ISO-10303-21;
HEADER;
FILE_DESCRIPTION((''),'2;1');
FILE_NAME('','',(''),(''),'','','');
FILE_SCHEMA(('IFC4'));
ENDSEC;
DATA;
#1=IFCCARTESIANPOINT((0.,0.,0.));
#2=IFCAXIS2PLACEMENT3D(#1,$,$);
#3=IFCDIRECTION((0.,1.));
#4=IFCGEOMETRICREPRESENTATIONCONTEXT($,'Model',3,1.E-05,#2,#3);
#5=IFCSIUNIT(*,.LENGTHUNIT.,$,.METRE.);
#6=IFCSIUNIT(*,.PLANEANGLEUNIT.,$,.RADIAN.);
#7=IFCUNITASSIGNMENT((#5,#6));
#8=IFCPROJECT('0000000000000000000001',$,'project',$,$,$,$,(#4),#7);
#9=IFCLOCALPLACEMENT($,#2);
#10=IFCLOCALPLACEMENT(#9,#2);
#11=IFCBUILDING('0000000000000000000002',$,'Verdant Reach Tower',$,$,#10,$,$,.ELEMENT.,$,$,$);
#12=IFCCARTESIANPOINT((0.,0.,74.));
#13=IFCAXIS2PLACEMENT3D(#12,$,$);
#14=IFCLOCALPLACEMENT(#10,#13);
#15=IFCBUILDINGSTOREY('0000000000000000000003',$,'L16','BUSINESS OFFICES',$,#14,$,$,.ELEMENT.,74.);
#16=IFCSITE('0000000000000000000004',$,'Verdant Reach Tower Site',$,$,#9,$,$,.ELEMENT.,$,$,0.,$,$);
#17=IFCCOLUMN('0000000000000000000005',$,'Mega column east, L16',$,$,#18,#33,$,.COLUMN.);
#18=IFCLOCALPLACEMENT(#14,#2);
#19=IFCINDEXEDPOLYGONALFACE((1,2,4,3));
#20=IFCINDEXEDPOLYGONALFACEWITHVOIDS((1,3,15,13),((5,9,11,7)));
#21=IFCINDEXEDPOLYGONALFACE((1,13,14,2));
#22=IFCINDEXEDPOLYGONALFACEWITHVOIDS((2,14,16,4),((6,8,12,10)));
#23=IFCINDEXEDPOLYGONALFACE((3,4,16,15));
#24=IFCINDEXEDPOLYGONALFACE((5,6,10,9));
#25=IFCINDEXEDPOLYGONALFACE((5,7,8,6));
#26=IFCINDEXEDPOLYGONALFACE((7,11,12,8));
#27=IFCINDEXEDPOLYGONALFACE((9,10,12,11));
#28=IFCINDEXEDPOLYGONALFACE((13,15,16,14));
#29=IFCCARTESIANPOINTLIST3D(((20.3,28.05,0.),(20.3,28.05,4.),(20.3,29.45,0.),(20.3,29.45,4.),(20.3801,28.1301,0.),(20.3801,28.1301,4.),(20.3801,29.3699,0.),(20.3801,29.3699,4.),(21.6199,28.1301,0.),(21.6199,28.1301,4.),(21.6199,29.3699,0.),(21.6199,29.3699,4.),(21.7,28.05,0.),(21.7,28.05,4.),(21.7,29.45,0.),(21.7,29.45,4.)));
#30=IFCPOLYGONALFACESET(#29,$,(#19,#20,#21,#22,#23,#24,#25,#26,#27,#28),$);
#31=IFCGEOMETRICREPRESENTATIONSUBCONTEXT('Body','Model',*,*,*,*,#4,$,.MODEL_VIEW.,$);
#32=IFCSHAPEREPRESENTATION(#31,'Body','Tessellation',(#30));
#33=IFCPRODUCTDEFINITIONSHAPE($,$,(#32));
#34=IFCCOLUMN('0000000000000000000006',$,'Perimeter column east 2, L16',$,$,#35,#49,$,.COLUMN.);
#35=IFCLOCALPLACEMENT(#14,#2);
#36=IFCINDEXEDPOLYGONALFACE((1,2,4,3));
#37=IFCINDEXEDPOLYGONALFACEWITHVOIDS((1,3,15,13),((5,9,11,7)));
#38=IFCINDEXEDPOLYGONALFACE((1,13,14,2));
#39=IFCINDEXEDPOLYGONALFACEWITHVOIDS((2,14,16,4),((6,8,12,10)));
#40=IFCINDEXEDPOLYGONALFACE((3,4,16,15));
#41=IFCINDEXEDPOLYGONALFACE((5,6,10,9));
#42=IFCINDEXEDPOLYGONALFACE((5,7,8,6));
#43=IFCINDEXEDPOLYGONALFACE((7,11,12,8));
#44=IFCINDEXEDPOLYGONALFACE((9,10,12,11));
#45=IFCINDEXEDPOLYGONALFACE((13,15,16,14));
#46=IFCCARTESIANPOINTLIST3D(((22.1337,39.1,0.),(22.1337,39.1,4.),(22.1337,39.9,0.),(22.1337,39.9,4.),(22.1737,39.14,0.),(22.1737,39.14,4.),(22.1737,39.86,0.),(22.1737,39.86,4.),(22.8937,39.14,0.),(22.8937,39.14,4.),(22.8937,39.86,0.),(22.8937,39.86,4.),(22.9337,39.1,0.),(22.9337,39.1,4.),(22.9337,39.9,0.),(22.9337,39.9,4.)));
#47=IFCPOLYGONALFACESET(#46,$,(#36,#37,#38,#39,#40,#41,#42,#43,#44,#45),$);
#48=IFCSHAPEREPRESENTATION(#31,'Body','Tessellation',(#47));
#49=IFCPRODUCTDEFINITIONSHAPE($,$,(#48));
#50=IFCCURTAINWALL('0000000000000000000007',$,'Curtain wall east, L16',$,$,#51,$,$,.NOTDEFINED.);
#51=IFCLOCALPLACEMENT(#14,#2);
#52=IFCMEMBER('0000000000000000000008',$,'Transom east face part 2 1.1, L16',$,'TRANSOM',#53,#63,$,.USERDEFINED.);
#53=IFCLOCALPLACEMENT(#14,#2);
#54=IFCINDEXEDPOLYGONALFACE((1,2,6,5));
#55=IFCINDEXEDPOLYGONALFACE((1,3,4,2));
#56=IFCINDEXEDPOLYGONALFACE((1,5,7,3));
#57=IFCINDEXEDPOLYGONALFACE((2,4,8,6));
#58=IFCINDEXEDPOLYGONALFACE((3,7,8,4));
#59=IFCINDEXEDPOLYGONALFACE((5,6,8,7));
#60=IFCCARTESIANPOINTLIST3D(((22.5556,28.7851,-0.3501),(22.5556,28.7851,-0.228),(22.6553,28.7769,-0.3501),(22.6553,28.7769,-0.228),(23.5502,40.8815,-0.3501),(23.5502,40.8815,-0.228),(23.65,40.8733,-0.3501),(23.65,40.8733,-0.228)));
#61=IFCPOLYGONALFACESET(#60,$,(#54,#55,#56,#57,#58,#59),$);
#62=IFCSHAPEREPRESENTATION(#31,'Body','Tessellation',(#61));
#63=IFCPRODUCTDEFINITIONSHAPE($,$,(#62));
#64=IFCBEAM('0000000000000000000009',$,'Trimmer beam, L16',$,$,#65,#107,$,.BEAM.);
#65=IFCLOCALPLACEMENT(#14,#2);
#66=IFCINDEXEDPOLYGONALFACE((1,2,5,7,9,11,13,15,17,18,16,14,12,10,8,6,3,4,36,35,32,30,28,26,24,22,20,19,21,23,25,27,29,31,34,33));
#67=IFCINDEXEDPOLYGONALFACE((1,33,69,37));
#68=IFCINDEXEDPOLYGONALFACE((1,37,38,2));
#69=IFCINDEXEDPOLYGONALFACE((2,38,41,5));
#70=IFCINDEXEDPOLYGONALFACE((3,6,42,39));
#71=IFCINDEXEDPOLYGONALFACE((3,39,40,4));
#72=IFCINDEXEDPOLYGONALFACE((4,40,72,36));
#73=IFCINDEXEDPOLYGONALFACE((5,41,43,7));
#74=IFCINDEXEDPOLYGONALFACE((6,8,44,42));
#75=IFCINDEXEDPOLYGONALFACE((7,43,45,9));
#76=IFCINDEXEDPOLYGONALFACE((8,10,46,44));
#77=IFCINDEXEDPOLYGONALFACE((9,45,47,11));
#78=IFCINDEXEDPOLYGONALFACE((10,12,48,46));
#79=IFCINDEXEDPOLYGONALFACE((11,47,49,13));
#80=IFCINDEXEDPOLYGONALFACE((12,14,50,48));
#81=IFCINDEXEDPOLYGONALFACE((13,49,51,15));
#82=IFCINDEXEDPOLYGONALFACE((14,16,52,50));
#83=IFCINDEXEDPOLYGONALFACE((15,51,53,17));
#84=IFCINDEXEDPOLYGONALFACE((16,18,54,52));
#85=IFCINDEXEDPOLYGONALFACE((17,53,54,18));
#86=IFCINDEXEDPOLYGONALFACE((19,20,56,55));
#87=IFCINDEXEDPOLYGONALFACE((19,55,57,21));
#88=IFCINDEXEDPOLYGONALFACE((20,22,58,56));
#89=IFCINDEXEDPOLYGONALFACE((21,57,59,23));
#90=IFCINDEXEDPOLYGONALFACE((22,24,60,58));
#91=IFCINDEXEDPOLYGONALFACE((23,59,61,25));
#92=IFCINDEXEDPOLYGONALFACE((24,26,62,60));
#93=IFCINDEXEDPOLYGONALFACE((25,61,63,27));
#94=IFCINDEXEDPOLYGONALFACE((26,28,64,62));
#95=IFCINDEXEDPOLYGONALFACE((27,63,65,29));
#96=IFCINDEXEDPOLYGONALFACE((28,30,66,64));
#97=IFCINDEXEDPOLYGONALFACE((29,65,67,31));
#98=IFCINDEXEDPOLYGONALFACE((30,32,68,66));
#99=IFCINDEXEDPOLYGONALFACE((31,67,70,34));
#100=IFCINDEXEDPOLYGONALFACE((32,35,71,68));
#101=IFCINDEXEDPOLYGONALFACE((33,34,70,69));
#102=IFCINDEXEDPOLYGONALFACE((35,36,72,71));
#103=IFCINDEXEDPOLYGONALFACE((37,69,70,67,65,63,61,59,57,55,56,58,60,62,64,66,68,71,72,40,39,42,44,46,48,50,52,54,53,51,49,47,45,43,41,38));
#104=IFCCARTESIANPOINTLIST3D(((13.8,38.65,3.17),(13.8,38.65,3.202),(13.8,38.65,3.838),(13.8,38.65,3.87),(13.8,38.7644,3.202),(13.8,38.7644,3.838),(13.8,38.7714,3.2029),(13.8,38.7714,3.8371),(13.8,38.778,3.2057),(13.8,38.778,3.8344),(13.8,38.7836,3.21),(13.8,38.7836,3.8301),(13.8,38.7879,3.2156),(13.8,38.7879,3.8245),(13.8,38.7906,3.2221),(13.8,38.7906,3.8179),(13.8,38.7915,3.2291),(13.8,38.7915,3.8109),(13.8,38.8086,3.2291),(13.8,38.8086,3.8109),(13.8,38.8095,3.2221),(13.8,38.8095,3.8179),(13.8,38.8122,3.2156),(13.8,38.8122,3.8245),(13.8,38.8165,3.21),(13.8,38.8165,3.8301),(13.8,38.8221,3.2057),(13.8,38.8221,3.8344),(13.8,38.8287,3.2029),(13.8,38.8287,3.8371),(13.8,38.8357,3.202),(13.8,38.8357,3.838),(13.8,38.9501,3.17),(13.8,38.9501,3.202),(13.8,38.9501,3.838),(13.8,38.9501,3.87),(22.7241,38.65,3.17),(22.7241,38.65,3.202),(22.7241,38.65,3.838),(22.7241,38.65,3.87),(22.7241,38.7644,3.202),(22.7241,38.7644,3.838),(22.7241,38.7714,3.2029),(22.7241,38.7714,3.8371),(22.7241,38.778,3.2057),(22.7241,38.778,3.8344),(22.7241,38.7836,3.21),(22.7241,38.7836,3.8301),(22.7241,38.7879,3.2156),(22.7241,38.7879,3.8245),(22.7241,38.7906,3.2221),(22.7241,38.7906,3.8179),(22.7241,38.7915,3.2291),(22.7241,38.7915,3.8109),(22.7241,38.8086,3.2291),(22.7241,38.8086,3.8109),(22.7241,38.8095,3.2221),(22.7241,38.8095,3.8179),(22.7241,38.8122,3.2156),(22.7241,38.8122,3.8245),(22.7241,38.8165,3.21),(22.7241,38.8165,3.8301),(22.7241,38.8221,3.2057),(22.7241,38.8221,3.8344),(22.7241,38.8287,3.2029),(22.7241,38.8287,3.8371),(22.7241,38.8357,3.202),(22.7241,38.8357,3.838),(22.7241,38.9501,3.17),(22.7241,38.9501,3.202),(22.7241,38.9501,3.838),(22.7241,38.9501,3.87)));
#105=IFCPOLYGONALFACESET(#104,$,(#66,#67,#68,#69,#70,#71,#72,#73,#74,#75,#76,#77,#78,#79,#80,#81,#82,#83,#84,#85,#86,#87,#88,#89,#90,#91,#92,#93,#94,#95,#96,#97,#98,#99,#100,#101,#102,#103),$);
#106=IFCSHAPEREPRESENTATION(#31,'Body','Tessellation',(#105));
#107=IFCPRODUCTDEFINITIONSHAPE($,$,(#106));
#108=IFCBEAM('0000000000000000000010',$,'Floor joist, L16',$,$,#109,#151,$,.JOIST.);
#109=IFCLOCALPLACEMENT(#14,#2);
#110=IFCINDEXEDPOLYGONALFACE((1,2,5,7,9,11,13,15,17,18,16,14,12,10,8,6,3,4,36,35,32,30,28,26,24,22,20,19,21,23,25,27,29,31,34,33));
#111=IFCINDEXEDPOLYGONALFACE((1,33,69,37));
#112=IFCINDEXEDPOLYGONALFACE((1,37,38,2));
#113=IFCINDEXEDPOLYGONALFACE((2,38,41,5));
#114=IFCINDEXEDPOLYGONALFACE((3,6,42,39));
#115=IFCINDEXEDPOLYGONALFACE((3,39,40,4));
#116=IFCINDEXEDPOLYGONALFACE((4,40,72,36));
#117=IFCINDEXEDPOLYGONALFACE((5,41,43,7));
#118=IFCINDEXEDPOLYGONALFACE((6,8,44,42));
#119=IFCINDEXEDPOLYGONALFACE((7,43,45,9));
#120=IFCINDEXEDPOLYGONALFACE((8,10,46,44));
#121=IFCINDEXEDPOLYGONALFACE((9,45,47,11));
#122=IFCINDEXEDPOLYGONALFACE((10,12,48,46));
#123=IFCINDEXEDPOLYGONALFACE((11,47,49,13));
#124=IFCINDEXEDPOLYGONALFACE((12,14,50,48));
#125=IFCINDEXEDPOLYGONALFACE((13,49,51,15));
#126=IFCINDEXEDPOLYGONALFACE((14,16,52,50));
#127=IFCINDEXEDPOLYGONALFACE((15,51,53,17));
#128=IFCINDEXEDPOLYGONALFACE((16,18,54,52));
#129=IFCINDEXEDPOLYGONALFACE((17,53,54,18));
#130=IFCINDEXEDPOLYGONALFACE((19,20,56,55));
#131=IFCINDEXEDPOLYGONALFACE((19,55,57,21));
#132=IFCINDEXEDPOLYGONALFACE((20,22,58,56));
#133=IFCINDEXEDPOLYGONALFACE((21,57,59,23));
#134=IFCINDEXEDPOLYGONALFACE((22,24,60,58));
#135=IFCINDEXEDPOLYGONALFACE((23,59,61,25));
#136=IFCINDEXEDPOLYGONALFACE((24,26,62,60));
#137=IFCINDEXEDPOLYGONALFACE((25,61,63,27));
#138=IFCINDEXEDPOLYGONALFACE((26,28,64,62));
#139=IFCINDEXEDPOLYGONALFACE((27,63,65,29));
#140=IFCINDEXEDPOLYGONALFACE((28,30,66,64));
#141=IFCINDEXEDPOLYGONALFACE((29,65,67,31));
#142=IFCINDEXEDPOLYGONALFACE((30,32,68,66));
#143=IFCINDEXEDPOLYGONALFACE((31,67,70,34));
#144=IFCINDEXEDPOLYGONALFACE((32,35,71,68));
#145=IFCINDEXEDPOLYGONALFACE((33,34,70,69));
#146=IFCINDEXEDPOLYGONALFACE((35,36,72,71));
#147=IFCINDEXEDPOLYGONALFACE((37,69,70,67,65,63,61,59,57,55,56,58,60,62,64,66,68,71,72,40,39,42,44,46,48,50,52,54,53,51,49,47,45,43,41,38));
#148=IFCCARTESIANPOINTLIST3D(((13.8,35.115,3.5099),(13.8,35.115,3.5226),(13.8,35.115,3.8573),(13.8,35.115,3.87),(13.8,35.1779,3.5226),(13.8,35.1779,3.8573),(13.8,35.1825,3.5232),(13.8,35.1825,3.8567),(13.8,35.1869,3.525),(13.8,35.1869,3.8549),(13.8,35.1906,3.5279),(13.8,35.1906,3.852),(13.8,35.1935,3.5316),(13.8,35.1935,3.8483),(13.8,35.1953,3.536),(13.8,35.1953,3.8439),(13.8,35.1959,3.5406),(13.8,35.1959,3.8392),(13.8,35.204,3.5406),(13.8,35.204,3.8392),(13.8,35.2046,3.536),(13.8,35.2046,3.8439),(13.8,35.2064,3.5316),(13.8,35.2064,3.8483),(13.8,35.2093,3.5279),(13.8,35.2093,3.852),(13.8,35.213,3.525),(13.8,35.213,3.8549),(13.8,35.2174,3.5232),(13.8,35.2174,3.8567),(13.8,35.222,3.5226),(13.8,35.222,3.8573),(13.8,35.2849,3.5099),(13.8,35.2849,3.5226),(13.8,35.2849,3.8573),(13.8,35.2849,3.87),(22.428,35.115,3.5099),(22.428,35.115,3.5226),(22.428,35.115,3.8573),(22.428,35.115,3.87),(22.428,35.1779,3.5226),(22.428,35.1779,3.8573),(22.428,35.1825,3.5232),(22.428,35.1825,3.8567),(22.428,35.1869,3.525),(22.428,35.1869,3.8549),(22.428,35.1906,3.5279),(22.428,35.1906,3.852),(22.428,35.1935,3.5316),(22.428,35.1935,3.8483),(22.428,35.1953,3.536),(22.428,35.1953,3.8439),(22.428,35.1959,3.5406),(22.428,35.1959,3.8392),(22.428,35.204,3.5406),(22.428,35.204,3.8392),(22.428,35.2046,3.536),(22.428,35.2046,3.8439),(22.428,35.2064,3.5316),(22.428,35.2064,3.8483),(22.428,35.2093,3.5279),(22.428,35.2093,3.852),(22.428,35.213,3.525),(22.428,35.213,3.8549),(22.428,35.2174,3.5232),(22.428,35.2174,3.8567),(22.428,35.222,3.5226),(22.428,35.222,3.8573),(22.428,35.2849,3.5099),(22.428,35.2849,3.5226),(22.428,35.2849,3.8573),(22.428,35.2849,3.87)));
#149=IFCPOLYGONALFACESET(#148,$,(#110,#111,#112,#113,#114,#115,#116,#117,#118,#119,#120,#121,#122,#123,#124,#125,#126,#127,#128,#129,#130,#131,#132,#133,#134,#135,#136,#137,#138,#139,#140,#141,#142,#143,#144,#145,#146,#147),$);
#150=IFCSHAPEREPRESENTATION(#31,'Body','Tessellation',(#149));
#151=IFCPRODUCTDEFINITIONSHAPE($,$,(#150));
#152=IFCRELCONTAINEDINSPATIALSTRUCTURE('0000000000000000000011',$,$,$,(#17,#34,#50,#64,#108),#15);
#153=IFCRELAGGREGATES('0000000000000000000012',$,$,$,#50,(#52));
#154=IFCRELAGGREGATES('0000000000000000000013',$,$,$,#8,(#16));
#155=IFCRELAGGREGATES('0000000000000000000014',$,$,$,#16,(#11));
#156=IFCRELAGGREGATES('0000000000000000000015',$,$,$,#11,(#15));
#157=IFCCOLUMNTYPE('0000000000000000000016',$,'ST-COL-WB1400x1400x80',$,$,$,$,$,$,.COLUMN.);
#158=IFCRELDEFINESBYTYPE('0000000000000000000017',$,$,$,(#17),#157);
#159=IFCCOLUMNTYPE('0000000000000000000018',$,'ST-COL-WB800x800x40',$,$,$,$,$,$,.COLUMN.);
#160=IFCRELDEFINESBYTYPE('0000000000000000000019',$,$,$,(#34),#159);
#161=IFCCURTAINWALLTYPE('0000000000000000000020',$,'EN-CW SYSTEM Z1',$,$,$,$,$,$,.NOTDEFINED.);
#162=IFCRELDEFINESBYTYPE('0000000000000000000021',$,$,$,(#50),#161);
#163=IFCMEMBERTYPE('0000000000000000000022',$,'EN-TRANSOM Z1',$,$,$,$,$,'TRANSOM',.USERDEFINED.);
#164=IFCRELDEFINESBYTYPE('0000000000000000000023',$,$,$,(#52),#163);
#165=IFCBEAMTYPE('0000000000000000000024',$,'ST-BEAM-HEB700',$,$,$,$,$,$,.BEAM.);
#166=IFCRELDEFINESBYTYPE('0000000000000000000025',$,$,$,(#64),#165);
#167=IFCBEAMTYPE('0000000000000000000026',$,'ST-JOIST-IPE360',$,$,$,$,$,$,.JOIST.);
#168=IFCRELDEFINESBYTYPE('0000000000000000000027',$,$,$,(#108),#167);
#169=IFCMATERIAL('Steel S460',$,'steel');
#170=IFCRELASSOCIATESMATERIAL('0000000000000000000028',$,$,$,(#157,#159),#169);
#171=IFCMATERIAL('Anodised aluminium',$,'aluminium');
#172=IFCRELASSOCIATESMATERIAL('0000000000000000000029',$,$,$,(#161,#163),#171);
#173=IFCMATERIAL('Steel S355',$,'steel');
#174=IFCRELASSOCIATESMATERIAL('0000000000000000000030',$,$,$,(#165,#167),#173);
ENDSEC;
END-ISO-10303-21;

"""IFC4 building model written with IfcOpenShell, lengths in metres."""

from ifc_helpers import new_model, si_unit, direction, frame, origin, origin_2d, place, context, subcontext, project, spatial, rectangle, hollow_rectangle, i_section, extrude, material, material_profile, profile_set, type_object, element, aggregate, save


model = new_model("IFC4")

# Units and contexts
model_context = context("Model", 3, precision=1e-05, world=origin(), true_north=direction((0.0, 1.0)))
body_context = subcontext(model_context, "Body", "Model", "MODEL_VIEW")
ifc_project = project(units=[si_unit("LENGTHUNIT", "METRE"), si_unit("PLANEANGLEUNIT", "RADIAN")], contexts=[model_context])

# Site, building, storey
site_placement = place(None, origin())
site = spatial("IfcSite", under=ifc_project, at=site_placement, Name="Verdant Reach Tower Site", CompositionType="ELEMENT", RefElevation=0.0)
building_placement = place(site_placement, origin())
building = spatial("IfcBuilding", under=site, at=building_placement, Name="Verdant Reach Tower", CompositionType="ELEMENT")
storey_placement = place(building_placement, frame((0.0, 0.0, 74.0)))
storey = spatial("IfcBuildingStorey", under=building, at=storey_placement, Name="L16", Description="BUSINESS OFFICES", CompositionType="ELEMENT", Elevation=74.0)

# Columns
ifc_material_1 = material(Name="Steel S460", Category="steel")
ifc_material_profile_1 = material_profile(ifc_material_1, hollow_rectangle(XDim=1.3999, YDim=1.3999, WallThickness=0.0801, at=origin_2d()), Name="WB 1400x1400x80")
ifc_profile_set_1 = profile_set([ifc_material_profile_1], Name="Steel S460")
column_type_1 = type_object("IfcColumnType", Name="ST-COL-WB1400x1400x80", PredefinedType="COLUMN", material=ifc_profile_set_1)
column_1_placement = place(storey_placement, frame((21.0, 28.75, 0.0), z_axis=(0.0, 0.0, 1.0), x_axis=(1.0, 0.0, 0.0)))
element("IfcColumn", 1, at=column_1_placement, inside=storey, type_object=column_type_1, Name="Mega column east, L16", PredefinedType="COLUMN", context=body_context, shape_type="SweptSolid", body=[
    extrude(hollow_rectangle(XDim=1.3999, YDim=1.3999, WallThickness=0.0801, at=origin_2d()), origin(), (0.0, 0.0, 1.0), 4.0),
])
ifc_material_profile_2 = material_profile(ifc_material_1, hollow_rectangle(XDim=0.8, YDim=0.8, WallThickness=0.04, at=origin_2d()), Name="WB 800x800x40")
ifc_profile_set_2 = profile_set([ifc_material_profile_2], Name="Steel S460")
column_type_2 = type_object("IfcColumnType", Name="ST-COL-WB800x800x40", PredefinedType="COLUMN", material=ifc_profile_set_2)
column_2_placement = place(storey_placement, frame((22.5337, 39.5, 0.0), z_axis=(0.0, 0.0, 1.0), x_axis=(1.0, 0.0, 0.0)))
element("IfcColumn", 2, at=column_2_placement, inside=storey, type_object=column_type_2, Name="Perimeter column east 2, L16", PredefinedType="COLUMN", context=body_context, shape_type="SweptSolid", body=[
    extrude(hollow_rectangle(XDim=0.8, YDim=0.8, WallThickness=0.04, at=origin_2d()), origin(), (0.0, 0.0, 1.0), 4.0),
])

# Curtain wall, member
ifc_material_2 = material(Name="Anodised aluminium", Category="aluminium")
curtain_wall_type = type_object("IfcCurtainWallType", Name="EN-CW SYSTEM Z1", PredefinedType="NOTDEFINED", material=ifc_material_2)
curtain_wall_placement = place(storey_placement, origin())
curtain_wall = element("IfcCurtainWall", 3, at=curtain_wall_placement, inside=storey, type_object=curtain_wall_type, Name="Curtain wall east, L16", PredefinedType="NOTDEFINED")
ifc_material_profile_3 = material_profile(ifc_material_2, rectangle(XDim=0.1001, YDim=0.1221, at=origin_2d()), Name="Transom 122x100")
ifc_profile_set_3 = profile_set([ifc_material_profile_3], Name="Anodised aluminium")
member_type = type_object("IfcMemberType", Name="EN-TRANSOM Z1", ElementType="TRANSOM", PredefinedType="USERDEFINED", material=ifc_profile_set_3)
member_placement = place(storey_placement, frame((22.6055, 28.781, -0.2891), z_axis=(0.081948, 0.996637, 0.0), x_axis=(-0.996637, 0.081948, 0.0)))
member = element("IfcMember", 4, at=member_placement, type_object=member_type, Name="Transom east face part 2 1.1, L16", ObjectType="TRANSOM", PredefinedType="USERDEFINED", context=body_context, shape_type="SweptSolid", body=[
    extrude(rectangle(XDim=0.1001, YDim=0.1221, at=origin_2d()), origin(), (0.0, 0.0, 1.0), 12.1372),
])

# Beams
ifc_material_3 = material(Name="Steel S355", Category="steel")
ifc_material_profile_4 = material_profile(ifc_material_3, i_section(OverallWidth=0.3, OverallDepth=0.7, WebThickness=0.0171, FlangeThickness=0.032, FilletRadius=0.0271, at=origin_2d()), Name="HEB 700")
ifc_profile_set_4 = profile_set([ifc_material_profile_4], Name="Steel S355")
beam_type_1 = type_object("IfcBeamType", Name="ST-BEAM-HEB700", PredefinedType="BEAM", material=ifc_profile_set_4)
beam_1_placement = place(storey_placement, frame((13.8, 38.8, 3.52), z_axis=(1.0, 0.0, 0.0), x_axis=(0.0, 1.0, 0.0)))
element("IfcBeam", 5, at=beam_1_placement, inside=storey, type_object=beam_type_1, Name="Trimmer beam, L16", PredefinedType="BEAM", context=body_context, shape_type="SweptSolid", body=[
    extrude(i_section(OverallWidth=0.3, OverallDepth=0.7, WebThickness=0.0171, FlangeThickness=0.032, FilletRadius=0.0271, at=origin_2d()), origin(), (0.0, 0.0, 1.0), 8.9241),
])
ifc_material_profile_5 = material_profile(ifc_material_3, i_section(OverallWidth=0.1699, OverallDepth=0.3601, WebThickness=0.0081, FlangeThickness=0.0127, FilletRadius=0.0181, at=origin_2d()), Name="IPE 360")
ifc_profile_set_5 = profile_set([ifc_material_profile_5], Name="Steel S355")
beam_type_2 = type_object("IfcBeamType", Name="ST-JOIST-IPE360", PredefinedType="JOIST", material=ifc_profile_set_5)
beam_2_placement = place(storey_placement, frame((13.8, 35.2, 3.6899), z_axis=(1.0, 0.0, 0.0), x_axis=(0.0, 1.0, 0.0)))
element("IfcBeam", 6, at=beam_2_placement, inside=storey, type_object=beam_type_2, Name="Floor joist, L16", PredefinedType="JOIST", context=body_context, shape_type="SweptSolid", body=[
    extrude(i_section(OverallWidth=0.1699, OverallDepth=0.3601, WebThickness=0.0081, FlangeThickness=0.0127, FilletRadius=0.0181, at=origin_2d()), origin(), (0.0, 0.0, 1.0), 8.6279),
])

aggregate(curtain_wall, [member])

save(model, "model.ifc")
